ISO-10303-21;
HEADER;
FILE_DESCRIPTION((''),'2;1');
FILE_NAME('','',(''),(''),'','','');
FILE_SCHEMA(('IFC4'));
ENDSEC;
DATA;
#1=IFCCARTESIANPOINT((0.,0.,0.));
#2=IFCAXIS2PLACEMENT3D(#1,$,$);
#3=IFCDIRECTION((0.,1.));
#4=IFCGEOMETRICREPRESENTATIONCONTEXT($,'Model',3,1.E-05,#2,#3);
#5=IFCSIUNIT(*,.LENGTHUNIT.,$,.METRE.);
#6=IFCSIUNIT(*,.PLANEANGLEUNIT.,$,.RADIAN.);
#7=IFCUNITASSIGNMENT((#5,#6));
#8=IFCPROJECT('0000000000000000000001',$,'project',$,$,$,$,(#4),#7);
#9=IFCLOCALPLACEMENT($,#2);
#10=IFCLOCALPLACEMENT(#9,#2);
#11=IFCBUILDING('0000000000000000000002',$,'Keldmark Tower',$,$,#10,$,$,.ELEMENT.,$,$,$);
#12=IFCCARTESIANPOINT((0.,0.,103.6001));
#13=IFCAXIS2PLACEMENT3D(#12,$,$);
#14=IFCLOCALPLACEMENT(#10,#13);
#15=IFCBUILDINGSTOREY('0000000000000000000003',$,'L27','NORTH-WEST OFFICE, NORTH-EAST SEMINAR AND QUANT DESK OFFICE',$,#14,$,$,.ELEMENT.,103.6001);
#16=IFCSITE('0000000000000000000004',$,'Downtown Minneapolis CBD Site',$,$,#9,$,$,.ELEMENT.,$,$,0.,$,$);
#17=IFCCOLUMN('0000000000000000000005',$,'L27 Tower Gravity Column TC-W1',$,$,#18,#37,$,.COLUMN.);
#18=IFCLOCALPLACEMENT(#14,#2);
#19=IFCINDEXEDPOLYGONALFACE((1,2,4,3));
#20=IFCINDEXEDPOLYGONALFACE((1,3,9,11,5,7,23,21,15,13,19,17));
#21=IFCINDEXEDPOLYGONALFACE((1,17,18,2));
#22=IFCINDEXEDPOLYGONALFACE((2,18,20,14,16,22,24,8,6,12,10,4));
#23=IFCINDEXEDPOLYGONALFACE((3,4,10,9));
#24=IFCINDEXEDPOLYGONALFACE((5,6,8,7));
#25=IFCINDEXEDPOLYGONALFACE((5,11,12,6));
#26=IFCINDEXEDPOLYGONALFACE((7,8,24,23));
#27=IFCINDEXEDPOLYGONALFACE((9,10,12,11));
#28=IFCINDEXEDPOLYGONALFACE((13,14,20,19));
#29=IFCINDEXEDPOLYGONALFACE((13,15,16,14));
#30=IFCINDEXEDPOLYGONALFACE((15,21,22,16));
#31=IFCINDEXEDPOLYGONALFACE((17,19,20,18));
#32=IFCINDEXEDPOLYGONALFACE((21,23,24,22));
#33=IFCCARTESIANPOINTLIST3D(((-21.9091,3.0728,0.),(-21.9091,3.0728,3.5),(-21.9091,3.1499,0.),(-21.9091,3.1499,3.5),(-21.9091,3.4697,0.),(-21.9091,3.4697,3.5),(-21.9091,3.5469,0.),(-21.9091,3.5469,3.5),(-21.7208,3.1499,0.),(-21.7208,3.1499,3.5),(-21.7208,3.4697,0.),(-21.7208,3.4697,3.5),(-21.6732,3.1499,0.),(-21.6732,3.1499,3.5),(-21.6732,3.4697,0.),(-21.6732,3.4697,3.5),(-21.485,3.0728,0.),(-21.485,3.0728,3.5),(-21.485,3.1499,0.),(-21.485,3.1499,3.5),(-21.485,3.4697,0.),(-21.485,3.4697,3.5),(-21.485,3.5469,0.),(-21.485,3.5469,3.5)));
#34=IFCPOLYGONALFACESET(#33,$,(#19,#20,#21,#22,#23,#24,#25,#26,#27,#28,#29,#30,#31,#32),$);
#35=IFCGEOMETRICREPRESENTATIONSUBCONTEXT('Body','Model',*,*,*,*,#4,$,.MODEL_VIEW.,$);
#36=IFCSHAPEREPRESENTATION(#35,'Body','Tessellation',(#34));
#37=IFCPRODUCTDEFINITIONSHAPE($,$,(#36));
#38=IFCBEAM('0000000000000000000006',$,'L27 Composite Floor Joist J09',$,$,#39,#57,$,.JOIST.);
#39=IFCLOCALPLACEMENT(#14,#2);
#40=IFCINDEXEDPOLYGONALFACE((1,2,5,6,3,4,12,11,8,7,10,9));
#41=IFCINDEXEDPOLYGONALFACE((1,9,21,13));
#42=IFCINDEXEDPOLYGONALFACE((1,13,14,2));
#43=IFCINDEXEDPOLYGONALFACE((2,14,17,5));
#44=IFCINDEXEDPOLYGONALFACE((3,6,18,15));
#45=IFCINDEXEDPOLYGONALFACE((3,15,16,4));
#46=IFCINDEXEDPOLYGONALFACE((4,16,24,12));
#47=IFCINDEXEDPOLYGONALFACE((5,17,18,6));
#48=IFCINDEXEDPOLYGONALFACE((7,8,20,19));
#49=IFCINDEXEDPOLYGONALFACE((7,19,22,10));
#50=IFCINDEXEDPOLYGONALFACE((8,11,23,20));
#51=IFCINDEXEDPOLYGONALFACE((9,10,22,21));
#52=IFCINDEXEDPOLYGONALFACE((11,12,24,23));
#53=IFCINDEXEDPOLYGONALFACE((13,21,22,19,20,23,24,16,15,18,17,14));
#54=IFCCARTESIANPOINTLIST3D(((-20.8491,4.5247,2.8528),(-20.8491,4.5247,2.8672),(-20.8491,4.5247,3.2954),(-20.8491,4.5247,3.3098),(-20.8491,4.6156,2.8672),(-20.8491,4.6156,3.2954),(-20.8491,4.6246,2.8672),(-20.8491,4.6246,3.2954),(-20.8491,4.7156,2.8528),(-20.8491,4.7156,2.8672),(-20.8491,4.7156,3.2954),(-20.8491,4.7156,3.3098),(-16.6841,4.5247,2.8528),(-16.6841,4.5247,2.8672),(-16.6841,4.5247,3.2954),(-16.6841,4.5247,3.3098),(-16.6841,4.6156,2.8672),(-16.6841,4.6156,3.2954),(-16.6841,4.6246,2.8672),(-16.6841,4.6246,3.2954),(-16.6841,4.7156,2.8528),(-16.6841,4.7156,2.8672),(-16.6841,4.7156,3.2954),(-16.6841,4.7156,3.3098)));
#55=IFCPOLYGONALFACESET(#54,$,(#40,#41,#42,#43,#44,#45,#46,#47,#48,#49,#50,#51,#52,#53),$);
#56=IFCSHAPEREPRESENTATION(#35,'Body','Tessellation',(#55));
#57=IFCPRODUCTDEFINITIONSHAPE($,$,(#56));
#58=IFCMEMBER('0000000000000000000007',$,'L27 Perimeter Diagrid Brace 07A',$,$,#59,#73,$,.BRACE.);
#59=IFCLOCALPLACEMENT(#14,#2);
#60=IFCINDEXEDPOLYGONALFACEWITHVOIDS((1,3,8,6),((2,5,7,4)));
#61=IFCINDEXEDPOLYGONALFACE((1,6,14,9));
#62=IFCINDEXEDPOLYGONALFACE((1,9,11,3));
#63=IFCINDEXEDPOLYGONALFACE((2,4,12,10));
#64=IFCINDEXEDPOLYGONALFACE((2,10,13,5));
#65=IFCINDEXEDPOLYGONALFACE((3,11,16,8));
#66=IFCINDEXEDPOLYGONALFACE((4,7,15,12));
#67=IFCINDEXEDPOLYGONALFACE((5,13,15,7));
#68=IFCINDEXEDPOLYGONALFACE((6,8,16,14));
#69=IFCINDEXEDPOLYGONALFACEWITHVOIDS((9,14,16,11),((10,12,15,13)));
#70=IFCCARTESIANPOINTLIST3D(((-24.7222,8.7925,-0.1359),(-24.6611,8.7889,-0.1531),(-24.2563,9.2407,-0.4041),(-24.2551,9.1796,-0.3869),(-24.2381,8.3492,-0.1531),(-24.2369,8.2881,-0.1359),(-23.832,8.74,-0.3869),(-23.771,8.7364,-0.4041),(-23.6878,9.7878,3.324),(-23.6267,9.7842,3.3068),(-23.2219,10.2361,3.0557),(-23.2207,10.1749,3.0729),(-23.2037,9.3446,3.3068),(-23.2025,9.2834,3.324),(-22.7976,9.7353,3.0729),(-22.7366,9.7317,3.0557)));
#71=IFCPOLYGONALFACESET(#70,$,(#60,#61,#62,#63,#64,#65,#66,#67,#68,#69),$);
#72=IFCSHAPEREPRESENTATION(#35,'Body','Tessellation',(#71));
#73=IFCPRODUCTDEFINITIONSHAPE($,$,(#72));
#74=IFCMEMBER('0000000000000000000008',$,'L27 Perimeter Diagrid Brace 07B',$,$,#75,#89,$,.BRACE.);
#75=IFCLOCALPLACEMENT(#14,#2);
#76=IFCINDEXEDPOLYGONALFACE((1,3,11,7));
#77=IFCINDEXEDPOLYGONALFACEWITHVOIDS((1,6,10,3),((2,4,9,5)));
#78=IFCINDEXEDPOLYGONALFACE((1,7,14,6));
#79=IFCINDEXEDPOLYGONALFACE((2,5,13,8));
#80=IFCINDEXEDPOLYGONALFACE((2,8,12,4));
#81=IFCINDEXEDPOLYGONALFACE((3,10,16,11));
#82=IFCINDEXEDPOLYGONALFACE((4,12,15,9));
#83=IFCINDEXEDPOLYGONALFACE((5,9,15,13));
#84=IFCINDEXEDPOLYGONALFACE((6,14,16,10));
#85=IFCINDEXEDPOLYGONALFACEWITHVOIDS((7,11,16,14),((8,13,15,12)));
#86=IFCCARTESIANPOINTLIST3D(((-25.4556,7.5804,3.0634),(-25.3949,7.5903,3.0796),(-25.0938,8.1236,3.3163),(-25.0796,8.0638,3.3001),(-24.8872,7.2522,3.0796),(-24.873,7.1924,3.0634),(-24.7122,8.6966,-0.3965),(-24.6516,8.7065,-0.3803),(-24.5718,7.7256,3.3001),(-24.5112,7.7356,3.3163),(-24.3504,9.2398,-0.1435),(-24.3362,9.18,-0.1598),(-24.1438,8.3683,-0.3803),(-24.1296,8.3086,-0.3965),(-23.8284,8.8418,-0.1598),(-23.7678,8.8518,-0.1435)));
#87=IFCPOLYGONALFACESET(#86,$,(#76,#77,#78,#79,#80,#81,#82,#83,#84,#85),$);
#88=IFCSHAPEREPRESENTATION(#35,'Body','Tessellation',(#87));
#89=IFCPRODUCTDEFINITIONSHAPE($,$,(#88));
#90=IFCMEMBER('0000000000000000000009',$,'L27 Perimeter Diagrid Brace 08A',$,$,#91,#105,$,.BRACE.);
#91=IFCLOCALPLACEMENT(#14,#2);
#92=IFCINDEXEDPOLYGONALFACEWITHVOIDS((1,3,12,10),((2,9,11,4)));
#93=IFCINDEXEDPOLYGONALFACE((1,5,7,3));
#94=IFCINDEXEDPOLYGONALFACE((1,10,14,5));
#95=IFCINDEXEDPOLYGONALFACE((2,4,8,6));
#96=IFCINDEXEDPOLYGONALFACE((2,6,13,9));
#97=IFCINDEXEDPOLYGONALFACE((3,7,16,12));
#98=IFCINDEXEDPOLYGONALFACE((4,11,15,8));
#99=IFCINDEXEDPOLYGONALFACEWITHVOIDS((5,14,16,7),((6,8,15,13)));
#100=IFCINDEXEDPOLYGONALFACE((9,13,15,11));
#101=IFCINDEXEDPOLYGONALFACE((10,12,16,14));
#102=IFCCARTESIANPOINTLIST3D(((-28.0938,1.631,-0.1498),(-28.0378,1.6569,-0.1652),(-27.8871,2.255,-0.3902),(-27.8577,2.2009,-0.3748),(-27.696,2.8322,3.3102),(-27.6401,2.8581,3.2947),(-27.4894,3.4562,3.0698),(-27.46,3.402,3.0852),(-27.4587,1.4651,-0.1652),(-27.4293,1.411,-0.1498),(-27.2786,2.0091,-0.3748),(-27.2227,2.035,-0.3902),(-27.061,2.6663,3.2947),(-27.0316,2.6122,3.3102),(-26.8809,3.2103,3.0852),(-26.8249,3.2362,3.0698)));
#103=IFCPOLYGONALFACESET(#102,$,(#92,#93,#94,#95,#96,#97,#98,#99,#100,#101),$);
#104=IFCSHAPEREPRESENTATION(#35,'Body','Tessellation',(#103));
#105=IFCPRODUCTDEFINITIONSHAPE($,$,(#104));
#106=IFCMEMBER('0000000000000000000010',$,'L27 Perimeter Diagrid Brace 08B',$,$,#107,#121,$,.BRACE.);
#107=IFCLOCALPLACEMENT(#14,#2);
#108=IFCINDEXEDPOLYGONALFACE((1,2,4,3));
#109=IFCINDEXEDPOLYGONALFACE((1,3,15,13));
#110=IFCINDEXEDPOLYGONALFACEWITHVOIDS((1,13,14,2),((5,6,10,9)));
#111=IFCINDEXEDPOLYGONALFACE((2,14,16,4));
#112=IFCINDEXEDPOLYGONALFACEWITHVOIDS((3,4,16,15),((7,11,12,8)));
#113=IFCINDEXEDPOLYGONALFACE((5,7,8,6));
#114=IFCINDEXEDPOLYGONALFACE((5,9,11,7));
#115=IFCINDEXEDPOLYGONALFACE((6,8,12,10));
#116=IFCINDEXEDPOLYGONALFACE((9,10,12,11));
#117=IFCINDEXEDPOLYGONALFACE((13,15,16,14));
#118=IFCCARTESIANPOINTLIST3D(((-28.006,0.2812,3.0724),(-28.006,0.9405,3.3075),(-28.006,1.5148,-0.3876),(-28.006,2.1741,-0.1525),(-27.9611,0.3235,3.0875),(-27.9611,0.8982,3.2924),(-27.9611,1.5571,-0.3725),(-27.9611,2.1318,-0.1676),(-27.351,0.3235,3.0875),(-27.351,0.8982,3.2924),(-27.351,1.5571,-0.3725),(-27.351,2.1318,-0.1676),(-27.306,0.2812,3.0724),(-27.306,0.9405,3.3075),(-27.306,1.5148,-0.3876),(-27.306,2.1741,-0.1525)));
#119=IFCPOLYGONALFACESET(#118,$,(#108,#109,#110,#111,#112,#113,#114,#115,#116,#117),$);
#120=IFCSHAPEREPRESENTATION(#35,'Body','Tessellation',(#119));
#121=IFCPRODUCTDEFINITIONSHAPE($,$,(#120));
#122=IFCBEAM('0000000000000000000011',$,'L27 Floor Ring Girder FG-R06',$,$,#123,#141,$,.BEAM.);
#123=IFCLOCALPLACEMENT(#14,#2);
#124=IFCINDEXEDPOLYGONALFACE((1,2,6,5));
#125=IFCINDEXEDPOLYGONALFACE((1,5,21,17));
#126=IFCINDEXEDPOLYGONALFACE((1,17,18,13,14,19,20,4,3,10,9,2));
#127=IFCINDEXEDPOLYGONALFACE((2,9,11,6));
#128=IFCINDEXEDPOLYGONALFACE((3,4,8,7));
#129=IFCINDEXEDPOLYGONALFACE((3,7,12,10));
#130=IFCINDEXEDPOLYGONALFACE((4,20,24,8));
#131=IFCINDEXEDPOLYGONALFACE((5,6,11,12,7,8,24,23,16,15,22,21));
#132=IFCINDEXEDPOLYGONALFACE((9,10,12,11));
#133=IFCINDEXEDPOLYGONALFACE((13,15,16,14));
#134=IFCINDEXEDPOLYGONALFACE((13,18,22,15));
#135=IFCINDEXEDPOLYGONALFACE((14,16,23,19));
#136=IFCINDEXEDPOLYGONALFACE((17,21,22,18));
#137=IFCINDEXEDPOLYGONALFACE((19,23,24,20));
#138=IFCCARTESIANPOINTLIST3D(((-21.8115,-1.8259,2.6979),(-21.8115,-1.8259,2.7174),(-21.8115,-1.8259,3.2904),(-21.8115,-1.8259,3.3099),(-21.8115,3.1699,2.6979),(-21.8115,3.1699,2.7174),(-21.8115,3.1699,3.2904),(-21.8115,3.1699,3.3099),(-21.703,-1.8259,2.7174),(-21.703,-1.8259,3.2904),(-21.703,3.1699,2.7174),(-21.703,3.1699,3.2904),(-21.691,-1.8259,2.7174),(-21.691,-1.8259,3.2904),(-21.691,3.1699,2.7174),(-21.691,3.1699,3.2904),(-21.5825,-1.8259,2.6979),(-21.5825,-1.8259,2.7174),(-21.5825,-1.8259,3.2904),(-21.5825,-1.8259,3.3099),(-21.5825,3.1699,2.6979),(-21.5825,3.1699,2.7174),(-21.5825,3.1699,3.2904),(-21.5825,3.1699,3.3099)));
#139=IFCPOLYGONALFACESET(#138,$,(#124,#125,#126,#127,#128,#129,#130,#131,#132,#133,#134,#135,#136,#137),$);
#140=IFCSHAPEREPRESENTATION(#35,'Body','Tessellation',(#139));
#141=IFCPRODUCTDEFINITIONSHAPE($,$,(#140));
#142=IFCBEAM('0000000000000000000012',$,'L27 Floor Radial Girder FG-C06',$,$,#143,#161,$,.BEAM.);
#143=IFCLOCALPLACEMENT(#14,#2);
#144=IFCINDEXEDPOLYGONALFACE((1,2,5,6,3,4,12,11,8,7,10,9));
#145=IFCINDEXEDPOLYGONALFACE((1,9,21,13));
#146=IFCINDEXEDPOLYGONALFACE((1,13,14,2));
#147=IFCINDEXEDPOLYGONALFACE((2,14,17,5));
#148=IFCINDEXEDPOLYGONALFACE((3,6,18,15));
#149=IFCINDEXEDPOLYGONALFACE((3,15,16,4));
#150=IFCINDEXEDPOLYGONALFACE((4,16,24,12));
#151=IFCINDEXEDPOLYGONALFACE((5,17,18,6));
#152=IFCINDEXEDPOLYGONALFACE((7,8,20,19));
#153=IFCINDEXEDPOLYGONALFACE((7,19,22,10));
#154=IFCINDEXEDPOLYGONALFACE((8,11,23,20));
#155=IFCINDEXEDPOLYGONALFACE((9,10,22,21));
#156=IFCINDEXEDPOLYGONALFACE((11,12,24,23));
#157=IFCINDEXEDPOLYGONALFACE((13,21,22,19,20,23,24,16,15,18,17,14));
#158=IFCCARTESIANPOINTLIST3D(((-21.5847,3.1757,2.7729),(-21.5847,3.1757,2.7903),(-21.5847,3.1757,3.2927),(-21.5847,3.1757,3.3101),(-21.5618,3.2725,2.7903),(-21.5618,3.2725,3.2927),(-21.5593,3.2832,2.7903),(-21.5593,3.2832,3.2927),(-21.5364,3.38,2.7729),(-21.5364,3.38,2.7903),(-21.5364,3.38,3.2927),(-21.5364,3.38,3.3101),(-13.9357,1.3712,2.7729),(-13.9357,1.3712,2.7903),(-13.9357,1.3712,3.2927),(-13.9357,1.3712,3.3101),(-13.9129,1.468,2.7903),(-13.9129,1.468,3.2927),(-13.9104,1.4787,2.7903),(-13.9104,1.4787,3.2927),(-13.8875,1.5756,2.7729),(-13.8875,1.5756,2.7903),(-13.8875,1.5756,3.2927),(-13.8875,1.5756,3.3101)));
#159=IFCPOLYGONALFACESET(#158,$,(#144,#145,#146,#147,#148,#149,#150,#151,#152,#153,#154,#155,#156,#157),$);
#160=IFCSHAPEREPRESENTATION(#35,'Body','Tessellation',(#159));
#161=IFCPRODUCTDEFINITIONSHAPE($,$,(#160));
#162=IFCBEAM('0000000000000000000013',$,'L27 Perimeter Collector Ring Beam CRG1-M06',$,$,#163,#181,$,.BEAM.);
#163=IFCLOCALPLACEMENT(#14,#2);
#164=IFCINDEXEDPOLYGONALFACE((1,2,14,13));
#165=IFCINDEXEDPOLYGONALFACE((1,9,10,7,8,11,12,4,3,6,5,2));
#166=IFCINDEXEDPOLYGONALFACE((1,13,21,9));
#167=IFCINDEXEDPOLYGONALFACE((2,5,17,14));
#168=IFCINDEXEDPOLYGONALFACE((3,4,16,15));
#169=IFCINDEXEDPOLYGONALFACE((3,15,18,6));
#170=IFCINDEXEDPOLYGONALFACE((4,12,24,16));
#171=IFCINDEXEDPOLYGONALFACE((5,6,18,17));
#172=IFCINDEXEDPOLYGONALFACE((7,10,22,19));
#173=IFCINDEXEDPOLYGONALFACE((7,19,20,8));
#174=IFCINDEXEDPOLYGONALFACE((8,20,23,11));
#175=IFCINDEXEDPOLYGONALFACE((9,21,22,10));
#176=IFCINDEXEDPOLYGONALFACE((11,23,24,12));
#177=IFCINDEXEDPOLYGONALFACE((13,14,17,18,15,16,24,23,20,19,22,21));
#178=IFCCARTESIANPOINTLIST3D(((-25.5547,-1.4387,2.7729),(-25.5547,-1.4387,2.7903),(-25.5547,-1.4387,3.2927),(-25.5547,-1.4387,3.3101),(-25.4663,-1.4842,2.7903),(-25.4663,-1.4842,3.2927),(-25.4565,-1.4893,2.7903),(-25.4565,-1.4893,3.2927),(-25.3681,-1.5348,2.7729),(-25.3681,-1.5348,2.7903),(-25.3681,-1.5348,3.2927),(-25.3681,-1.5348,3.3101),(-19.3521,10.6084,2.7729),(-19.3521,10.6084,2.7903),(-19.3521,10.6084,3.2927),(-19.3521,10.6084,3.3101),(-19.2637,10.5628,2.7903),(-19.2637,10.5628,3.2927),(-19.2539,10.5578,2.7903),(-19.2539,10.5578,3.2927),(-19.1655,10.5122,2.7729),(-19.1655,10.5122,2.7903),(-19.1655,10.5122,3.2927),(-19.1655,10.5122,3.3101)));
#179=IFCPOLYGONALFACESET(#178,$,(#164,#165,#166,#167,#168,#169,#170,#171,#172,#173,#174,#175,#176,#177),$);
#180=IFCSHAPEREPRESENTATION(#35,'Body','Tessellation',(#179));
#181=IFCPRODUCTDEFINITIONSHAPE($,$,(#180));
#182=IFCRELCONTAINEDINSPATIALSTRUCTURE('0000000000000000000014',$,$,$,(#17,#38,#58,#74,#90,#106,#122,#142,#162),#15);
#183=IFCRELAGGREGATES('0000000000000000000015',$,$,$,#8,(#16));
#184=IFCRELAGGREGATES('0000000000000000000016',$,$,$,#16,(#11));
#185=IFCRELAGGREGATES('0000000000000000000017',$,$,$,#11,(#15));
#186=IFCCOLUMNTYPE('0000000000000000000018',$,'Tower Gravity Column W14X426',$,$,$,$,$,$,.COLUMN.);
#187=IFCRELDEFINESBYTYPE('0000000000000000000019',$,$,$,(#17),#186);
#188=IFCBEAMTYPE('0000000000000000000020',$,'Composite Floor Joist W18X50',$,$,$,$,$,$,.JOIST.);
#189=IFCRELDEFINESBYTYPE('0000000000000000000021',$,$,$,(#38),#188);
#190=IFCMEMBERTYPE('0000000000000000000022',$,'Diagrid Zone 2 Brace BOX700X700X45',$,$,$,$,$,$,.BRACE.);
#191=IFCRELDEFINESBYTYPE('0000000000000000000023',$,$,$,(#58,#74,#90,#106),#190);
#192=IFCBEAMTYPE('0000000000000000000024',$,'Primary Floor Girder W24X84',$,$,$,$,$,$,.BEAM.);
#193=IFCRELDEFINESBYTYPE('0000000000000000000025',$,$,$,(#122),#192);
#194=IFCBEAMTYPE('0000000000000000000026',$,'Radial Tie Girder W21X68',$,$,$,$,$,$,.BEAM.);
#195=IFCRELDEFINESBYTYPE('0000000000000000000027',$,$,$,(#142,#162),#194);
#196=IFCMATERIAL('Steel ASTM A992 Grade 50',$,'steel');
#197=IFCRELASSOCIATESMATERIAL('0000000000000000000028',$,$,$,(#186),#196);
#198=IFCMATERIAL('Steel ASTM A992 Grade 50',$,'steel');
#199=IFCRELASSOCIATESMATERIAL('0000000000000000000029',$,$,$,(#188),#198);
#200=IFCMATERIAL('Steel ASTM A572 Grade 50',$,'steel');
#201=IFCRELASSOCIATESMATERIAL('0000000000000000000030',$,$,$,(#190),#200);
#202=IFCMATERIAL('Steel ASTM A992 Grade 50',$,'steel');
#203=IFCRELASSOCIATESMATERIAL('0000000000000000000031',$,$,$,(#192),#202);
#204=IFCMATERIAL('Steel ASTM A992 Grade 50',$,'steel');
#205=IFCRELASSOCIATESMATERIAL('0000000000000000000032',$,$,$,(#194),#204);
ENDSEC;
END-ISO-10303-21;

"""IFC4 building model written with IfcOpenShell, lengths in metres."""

from ifc_helpers import new_model, si_unit, direction, frame, origin, origin_2d, place, context, subcontext, project, spatial, hollow_rectangle, i_section, extrude, material, material_profile, profile_set, type_object, element, save


model = new_model("IFC4")

# Units and contexts
model_context = context("Model", 3, precision=1e-05, world=origin(), true_north=direction((0.0, 1.0)))
body_context = subcontext(model_context, "Body", "Model", "MODEL_VIEW")
ifc_project = project(units=[si_unit("LENGTHUNIT", "METRE"), si_unit("PLANEANGLEUNIT", "RADIAN")], contexts=[model_context])

# Site, building, storey
site_placement = place(None, origin())
site = spatial("IfcSite", under=ifc_project, at=site_placement, Name="Downtown Minneapolis CBD Site", CompositionType="ELEMENT", RefElevation=0.0)
building_placement = place(site_placement, origin())
building = spatial("IfcBuilding", under=site, at=building_placement, Name="Keldmark Tower", CompositionType="ELEMENT")
storey_placement = place(building_placement, frame((0.0, 0.0, 103.6001)))
storey = spatial("IfcBuildingStorey", under=building, at=storey_placement, Name="L27", Description="NORTH-WEST OFFICE, NORTH-EAST SEMINAR AND QUANT DESK OFFICE", CompositionType="ELEMENT", Elevation=103.6001)

# Column
ifc_material_1 = material(Name="Steel ASTM A992 Grade 50", Category="steel")
ifc_material_profile_1 = material_profile(ifc_material_1, i_section(OverallWidth=0.4241, OverallDepth=0.4741, WebThickness=0.0476, FlangeThickness=0.0771, at=origin_2d()), Name="W14X426")
ifc_profile_set_1 = profile_set([ifc_material_profile_1], Name="Steel ASTM A992 Grade 50")
column_type = type_object("IfcColumnType", Name="Tower Gravity Column W14X426", PredefinedType="COLUMN", material=ifc_profile_set_1)
column_placement = place(storey_placement, frame((-21.697, 3.3098, 0.0), z_axis=(0.0, 0.0, 1.0), x_axis=(1.0, 0.0, 0.0)))
element("IfcColumn", 1, at=column_placement, inside=storey, type_object=column_type, Name="L27 Tower Gravity Column TC-W1", PredefinedType="COLUMN", context=body_context, shape_type="SweptSolid", body=[
    extrude(i_section(OverallWidth=0.4241, OverallDepth=0.4741, WebThickness=0.0476, FlangeThickness=0.0771, at=origin_2d()), origin(), (0.0, 0.0, 1.0), 3.5),
])

# Beam
ifc_material_2 = material(Name="Steel ASTM A992 Grade 50", Category="steel")
ifc_material_profile_2 = material_profile(ifc_material_2, i_section(OverallWidth=0.1909, OverallDepth=0.457, WebThickness=0.009, FlangeThickness=0.0144, at=origin_2d()), Name="W18X50")
ifc_profile_set_2 = profile_set([ifc_material_profile_2], Name="Steel ASTM A992 Grade 50")
beam_type_1 = type_object("IfcBeamType", Name="Composite Floor Joist W18X50", PredefinedType="JOIST", material=ifc_profile_set_2)
beam_1_placement = place(storey_placement, frame((-20.8491, 4.6201, 3.0813), z_axis=(1.0, 0.0, 0.0), x_axis=(0.0, 1.0, 0.0)))
element("IfcBeam", 2, at=beam_1_placement, inside=storey, type_object=beam_type_1, Name="L27 Composite Floor Joist J09", PredefinedType="JOIST", context=body_context, shape_type="SweptSolid", body=[
    extrude(i_section(OverallWidth=0.1909, OverallDepth=0.457, WebThickness=0.009, FlangeThickness=0.0144, at=origin_2d()), origin(), (0.0, 0.0, 1.0), 4.165),
])

# Members
ifc_material_3 = material(Name="Steel ASTM A572 Grade 50", Category="steel")
ifc_material_profile_3 = material_profile(ifc_material_3, hollow_rectangle(XDim=0.7, YDim=0.7, WallThickness=0.0449, at=origin_2d()), Name="BOX700X700X45")
ifc_profile_set_3 = profile_set([ifc_material_profile_3], Name="Steel ASTM A572 Grade 50")
member_type = type_object("IfcMemberType", Name="Diagrid Zone 2 Brace BOX700X700X45", PredefinedType="BRACE", material=ifc_profile_set_3)
member_1_placement = place(storey_placement, frame((-24.2466, 8.7644, -0.27), z_axis=(0.276145, 0.265717, 0.923655), x_axis=(-0.69337, 0.720581, 0.0)))
element("IfcMember", 3, at=member_1_placement, inside=storey, type_object=member_type, Name="L27 Perimeter Diagrid Brace 07A", PredefinedType="BRACE", context=body_context, shape_type="SweptSolid", body=[
    extrude(hollow_rectangle(XDim=0.7, YDim=0.7, WallThickness=0.0449, at=origin_2d()), origin(), (0.0, 0.0, 1.0), 3.7458),
])
member_2_placement = place(storey_placement, frame((-24.24, 8.7742, -0.27), z_axis=(-0.200337, -0.300802, 0.932407), x_axis=(0.832302, -0.554322, 0.0)))
element("IfcMember", 4, at=member_2_placement, inside=storey, type_object=member_type, Name="L27 Perimeter Diagrid Brace 07B", PredefinedType="BRACE", context=body_context, shape_type="SweptSolid", body=[
    extrude(hollow_rectangle(XDim=0.7, YDim=0.7, WallThickness=0.0449, at=origin_2d()), origin(), (0.0, 0.0, 1.0), 3.7107),
])
member_3_placement = place(storey_placement, frame((-27.6582, 1.833, -0.27), z_axis=(0.107953, 0.326046, 0.93917), x_axis=(-0.949318, 0.314317, 0.0)))
element("IfcMember", 5, at=member_3_placement, inside=storey, type_object=member_type, Name="L27 Perimeter Diagrid Brace 08A", PredefinedType="BRACE", context=body_context, shape_type="SweptSolid", body=[
    extrude(hollow_rectangle(XDim=0.7, YDim=0.7, WallThickness=0.0449, at=origin_2d()), origin(), (0.0, 0.0, 1.0), 3.6841),
])
member_4_placement = place(storey_placement, frame((-27.656, 1.8445, -0.27), z_axis=(0.0, -0.33584, 0.941919), x_axis=(1.0, 0.0, 0.0)))
element("IfcMember", 6, at=member_4_placement, inside=storey, type_object=member_type, Name="L27 Perimeter Diagrid Brace 08B", PredefinedType="BRACE", context=body_context, shape_type="SweptSolid", body=[
    extrude(hollow_rectangle(XDim=0.7, YDim=0.7, WallThickness=0.0449, at=origin_2d()), origin(), (0.0, 0.0, 1.0), 3.6733),
])

# Beams
ifc_material_4 = material(Name="Steel ASTM A992 Grade 50", Category="steel")
ifc_material_profile_4 = material_profile(ifc_material_4, i_section(OverallWidth=0.229, OverallDepth=0.6121, WebThickness=0.012, FlangeThickness=0.0195, at=origin_2d()), Name="W24X84")
ifc_profile_set_4 = profile_set([ifc_material_profile_4], Name="Steel ASTM A992 Grade 50")
beam_type_2 = type_object("IfcBeamType", Name="Primary Floor Girder W24X84", PredefinedType="BEAM", material=ifc_profile_set_4)
beam_2_placement = place(storey_placement, frame((-21.697, 3.1699, 3.0039), z_axis=(0.0, -1.0, 0.0), x_axis=(1.0, 0.0, 0.0)))
element("IfcBeam", 7, at=beam_2_placement, inside=storey, type_object=beam_type_2, Name="L27 Floor Ring Girder FG-R06", PredefinedType="BEAM", context=body_context, shape_type="SweptSolid", body=[
    extrude(i_section(OverallWidth=0.229, OverallDepth=0.6121, WebThickness=0.012, FlangeThickness=0.0195, at=origin_2d()), origin(), (0.0, 0.0, 1.0), 4.9958),
])
ifc_material_5 = material(Name="Steel ASTM A992 Grade 50", Category="steel")
ifc_material_profile_5 = material_profile(ifc_material_5, i_section(OverallWidth=0.21, OverallDepth=0.5371, WebThickness=0.011, FlangeThickness=0.0173, at=origin_2d()), Name="W21X68")
ifc_profile_set_5 = profile_set([ifc_material_profile_5], Name="Steel ASTM A992 Grade 50")
beam_type_3 = type_object("IfcBeamType", Name="Radial Tie Girder W21X68", PredefinedType="BEAM", material=ifc_profile_set_5)
beam_3_placement = place(storey_placement, frame((-21.5605, 3.2778, 3.0415), z_axis=(0.973284, -0.229606, 0.0), x_axis=(0.229606, 0.973284, 0.0)))
element("IfcBeam", 8, at=beam_3_placement, inside=storey, type_object=beam_type_3, Name="L27 Floor Radial Girder FG-C06", PredefinedType="BEAM", context=body_context, shape_type="SweptSolid", body=[
    extrude(i_section(OverallWidth=0.21, OverallDepth=0.5371, WebThickness=0.011, FlangeThickness=0.0173, at=origin_2d()), origin(), (0.0, 0.0, 1.0), 7.8589),
])
beam_4_placement = place(storey_placement, frame((-19.2588, 10.5603, 3.0415), z_axis=(-0.457755, -0.889078, 0.0), x_axis=(0.889078, -0.457755, 0.0)))
element("IfcBeam", 9, at=beam_4_placement, inside=storey, type_object=beam_type_3, Name="L27 Perimeter Collector Ring Beam CRG1-M06", PredefinedType="BEAM", context=body_context, shape_type="SweptSolid", body=[
    extrude(i_section(OverallWidth=0.21, OverallDepth=0.5371, WebThickness=0.011, FlangeThickness=0.0173, at=origin_2d()), origin(), (0.0, 0.0, 1.0), 13.55),
])

save(model, "model.ifc")
